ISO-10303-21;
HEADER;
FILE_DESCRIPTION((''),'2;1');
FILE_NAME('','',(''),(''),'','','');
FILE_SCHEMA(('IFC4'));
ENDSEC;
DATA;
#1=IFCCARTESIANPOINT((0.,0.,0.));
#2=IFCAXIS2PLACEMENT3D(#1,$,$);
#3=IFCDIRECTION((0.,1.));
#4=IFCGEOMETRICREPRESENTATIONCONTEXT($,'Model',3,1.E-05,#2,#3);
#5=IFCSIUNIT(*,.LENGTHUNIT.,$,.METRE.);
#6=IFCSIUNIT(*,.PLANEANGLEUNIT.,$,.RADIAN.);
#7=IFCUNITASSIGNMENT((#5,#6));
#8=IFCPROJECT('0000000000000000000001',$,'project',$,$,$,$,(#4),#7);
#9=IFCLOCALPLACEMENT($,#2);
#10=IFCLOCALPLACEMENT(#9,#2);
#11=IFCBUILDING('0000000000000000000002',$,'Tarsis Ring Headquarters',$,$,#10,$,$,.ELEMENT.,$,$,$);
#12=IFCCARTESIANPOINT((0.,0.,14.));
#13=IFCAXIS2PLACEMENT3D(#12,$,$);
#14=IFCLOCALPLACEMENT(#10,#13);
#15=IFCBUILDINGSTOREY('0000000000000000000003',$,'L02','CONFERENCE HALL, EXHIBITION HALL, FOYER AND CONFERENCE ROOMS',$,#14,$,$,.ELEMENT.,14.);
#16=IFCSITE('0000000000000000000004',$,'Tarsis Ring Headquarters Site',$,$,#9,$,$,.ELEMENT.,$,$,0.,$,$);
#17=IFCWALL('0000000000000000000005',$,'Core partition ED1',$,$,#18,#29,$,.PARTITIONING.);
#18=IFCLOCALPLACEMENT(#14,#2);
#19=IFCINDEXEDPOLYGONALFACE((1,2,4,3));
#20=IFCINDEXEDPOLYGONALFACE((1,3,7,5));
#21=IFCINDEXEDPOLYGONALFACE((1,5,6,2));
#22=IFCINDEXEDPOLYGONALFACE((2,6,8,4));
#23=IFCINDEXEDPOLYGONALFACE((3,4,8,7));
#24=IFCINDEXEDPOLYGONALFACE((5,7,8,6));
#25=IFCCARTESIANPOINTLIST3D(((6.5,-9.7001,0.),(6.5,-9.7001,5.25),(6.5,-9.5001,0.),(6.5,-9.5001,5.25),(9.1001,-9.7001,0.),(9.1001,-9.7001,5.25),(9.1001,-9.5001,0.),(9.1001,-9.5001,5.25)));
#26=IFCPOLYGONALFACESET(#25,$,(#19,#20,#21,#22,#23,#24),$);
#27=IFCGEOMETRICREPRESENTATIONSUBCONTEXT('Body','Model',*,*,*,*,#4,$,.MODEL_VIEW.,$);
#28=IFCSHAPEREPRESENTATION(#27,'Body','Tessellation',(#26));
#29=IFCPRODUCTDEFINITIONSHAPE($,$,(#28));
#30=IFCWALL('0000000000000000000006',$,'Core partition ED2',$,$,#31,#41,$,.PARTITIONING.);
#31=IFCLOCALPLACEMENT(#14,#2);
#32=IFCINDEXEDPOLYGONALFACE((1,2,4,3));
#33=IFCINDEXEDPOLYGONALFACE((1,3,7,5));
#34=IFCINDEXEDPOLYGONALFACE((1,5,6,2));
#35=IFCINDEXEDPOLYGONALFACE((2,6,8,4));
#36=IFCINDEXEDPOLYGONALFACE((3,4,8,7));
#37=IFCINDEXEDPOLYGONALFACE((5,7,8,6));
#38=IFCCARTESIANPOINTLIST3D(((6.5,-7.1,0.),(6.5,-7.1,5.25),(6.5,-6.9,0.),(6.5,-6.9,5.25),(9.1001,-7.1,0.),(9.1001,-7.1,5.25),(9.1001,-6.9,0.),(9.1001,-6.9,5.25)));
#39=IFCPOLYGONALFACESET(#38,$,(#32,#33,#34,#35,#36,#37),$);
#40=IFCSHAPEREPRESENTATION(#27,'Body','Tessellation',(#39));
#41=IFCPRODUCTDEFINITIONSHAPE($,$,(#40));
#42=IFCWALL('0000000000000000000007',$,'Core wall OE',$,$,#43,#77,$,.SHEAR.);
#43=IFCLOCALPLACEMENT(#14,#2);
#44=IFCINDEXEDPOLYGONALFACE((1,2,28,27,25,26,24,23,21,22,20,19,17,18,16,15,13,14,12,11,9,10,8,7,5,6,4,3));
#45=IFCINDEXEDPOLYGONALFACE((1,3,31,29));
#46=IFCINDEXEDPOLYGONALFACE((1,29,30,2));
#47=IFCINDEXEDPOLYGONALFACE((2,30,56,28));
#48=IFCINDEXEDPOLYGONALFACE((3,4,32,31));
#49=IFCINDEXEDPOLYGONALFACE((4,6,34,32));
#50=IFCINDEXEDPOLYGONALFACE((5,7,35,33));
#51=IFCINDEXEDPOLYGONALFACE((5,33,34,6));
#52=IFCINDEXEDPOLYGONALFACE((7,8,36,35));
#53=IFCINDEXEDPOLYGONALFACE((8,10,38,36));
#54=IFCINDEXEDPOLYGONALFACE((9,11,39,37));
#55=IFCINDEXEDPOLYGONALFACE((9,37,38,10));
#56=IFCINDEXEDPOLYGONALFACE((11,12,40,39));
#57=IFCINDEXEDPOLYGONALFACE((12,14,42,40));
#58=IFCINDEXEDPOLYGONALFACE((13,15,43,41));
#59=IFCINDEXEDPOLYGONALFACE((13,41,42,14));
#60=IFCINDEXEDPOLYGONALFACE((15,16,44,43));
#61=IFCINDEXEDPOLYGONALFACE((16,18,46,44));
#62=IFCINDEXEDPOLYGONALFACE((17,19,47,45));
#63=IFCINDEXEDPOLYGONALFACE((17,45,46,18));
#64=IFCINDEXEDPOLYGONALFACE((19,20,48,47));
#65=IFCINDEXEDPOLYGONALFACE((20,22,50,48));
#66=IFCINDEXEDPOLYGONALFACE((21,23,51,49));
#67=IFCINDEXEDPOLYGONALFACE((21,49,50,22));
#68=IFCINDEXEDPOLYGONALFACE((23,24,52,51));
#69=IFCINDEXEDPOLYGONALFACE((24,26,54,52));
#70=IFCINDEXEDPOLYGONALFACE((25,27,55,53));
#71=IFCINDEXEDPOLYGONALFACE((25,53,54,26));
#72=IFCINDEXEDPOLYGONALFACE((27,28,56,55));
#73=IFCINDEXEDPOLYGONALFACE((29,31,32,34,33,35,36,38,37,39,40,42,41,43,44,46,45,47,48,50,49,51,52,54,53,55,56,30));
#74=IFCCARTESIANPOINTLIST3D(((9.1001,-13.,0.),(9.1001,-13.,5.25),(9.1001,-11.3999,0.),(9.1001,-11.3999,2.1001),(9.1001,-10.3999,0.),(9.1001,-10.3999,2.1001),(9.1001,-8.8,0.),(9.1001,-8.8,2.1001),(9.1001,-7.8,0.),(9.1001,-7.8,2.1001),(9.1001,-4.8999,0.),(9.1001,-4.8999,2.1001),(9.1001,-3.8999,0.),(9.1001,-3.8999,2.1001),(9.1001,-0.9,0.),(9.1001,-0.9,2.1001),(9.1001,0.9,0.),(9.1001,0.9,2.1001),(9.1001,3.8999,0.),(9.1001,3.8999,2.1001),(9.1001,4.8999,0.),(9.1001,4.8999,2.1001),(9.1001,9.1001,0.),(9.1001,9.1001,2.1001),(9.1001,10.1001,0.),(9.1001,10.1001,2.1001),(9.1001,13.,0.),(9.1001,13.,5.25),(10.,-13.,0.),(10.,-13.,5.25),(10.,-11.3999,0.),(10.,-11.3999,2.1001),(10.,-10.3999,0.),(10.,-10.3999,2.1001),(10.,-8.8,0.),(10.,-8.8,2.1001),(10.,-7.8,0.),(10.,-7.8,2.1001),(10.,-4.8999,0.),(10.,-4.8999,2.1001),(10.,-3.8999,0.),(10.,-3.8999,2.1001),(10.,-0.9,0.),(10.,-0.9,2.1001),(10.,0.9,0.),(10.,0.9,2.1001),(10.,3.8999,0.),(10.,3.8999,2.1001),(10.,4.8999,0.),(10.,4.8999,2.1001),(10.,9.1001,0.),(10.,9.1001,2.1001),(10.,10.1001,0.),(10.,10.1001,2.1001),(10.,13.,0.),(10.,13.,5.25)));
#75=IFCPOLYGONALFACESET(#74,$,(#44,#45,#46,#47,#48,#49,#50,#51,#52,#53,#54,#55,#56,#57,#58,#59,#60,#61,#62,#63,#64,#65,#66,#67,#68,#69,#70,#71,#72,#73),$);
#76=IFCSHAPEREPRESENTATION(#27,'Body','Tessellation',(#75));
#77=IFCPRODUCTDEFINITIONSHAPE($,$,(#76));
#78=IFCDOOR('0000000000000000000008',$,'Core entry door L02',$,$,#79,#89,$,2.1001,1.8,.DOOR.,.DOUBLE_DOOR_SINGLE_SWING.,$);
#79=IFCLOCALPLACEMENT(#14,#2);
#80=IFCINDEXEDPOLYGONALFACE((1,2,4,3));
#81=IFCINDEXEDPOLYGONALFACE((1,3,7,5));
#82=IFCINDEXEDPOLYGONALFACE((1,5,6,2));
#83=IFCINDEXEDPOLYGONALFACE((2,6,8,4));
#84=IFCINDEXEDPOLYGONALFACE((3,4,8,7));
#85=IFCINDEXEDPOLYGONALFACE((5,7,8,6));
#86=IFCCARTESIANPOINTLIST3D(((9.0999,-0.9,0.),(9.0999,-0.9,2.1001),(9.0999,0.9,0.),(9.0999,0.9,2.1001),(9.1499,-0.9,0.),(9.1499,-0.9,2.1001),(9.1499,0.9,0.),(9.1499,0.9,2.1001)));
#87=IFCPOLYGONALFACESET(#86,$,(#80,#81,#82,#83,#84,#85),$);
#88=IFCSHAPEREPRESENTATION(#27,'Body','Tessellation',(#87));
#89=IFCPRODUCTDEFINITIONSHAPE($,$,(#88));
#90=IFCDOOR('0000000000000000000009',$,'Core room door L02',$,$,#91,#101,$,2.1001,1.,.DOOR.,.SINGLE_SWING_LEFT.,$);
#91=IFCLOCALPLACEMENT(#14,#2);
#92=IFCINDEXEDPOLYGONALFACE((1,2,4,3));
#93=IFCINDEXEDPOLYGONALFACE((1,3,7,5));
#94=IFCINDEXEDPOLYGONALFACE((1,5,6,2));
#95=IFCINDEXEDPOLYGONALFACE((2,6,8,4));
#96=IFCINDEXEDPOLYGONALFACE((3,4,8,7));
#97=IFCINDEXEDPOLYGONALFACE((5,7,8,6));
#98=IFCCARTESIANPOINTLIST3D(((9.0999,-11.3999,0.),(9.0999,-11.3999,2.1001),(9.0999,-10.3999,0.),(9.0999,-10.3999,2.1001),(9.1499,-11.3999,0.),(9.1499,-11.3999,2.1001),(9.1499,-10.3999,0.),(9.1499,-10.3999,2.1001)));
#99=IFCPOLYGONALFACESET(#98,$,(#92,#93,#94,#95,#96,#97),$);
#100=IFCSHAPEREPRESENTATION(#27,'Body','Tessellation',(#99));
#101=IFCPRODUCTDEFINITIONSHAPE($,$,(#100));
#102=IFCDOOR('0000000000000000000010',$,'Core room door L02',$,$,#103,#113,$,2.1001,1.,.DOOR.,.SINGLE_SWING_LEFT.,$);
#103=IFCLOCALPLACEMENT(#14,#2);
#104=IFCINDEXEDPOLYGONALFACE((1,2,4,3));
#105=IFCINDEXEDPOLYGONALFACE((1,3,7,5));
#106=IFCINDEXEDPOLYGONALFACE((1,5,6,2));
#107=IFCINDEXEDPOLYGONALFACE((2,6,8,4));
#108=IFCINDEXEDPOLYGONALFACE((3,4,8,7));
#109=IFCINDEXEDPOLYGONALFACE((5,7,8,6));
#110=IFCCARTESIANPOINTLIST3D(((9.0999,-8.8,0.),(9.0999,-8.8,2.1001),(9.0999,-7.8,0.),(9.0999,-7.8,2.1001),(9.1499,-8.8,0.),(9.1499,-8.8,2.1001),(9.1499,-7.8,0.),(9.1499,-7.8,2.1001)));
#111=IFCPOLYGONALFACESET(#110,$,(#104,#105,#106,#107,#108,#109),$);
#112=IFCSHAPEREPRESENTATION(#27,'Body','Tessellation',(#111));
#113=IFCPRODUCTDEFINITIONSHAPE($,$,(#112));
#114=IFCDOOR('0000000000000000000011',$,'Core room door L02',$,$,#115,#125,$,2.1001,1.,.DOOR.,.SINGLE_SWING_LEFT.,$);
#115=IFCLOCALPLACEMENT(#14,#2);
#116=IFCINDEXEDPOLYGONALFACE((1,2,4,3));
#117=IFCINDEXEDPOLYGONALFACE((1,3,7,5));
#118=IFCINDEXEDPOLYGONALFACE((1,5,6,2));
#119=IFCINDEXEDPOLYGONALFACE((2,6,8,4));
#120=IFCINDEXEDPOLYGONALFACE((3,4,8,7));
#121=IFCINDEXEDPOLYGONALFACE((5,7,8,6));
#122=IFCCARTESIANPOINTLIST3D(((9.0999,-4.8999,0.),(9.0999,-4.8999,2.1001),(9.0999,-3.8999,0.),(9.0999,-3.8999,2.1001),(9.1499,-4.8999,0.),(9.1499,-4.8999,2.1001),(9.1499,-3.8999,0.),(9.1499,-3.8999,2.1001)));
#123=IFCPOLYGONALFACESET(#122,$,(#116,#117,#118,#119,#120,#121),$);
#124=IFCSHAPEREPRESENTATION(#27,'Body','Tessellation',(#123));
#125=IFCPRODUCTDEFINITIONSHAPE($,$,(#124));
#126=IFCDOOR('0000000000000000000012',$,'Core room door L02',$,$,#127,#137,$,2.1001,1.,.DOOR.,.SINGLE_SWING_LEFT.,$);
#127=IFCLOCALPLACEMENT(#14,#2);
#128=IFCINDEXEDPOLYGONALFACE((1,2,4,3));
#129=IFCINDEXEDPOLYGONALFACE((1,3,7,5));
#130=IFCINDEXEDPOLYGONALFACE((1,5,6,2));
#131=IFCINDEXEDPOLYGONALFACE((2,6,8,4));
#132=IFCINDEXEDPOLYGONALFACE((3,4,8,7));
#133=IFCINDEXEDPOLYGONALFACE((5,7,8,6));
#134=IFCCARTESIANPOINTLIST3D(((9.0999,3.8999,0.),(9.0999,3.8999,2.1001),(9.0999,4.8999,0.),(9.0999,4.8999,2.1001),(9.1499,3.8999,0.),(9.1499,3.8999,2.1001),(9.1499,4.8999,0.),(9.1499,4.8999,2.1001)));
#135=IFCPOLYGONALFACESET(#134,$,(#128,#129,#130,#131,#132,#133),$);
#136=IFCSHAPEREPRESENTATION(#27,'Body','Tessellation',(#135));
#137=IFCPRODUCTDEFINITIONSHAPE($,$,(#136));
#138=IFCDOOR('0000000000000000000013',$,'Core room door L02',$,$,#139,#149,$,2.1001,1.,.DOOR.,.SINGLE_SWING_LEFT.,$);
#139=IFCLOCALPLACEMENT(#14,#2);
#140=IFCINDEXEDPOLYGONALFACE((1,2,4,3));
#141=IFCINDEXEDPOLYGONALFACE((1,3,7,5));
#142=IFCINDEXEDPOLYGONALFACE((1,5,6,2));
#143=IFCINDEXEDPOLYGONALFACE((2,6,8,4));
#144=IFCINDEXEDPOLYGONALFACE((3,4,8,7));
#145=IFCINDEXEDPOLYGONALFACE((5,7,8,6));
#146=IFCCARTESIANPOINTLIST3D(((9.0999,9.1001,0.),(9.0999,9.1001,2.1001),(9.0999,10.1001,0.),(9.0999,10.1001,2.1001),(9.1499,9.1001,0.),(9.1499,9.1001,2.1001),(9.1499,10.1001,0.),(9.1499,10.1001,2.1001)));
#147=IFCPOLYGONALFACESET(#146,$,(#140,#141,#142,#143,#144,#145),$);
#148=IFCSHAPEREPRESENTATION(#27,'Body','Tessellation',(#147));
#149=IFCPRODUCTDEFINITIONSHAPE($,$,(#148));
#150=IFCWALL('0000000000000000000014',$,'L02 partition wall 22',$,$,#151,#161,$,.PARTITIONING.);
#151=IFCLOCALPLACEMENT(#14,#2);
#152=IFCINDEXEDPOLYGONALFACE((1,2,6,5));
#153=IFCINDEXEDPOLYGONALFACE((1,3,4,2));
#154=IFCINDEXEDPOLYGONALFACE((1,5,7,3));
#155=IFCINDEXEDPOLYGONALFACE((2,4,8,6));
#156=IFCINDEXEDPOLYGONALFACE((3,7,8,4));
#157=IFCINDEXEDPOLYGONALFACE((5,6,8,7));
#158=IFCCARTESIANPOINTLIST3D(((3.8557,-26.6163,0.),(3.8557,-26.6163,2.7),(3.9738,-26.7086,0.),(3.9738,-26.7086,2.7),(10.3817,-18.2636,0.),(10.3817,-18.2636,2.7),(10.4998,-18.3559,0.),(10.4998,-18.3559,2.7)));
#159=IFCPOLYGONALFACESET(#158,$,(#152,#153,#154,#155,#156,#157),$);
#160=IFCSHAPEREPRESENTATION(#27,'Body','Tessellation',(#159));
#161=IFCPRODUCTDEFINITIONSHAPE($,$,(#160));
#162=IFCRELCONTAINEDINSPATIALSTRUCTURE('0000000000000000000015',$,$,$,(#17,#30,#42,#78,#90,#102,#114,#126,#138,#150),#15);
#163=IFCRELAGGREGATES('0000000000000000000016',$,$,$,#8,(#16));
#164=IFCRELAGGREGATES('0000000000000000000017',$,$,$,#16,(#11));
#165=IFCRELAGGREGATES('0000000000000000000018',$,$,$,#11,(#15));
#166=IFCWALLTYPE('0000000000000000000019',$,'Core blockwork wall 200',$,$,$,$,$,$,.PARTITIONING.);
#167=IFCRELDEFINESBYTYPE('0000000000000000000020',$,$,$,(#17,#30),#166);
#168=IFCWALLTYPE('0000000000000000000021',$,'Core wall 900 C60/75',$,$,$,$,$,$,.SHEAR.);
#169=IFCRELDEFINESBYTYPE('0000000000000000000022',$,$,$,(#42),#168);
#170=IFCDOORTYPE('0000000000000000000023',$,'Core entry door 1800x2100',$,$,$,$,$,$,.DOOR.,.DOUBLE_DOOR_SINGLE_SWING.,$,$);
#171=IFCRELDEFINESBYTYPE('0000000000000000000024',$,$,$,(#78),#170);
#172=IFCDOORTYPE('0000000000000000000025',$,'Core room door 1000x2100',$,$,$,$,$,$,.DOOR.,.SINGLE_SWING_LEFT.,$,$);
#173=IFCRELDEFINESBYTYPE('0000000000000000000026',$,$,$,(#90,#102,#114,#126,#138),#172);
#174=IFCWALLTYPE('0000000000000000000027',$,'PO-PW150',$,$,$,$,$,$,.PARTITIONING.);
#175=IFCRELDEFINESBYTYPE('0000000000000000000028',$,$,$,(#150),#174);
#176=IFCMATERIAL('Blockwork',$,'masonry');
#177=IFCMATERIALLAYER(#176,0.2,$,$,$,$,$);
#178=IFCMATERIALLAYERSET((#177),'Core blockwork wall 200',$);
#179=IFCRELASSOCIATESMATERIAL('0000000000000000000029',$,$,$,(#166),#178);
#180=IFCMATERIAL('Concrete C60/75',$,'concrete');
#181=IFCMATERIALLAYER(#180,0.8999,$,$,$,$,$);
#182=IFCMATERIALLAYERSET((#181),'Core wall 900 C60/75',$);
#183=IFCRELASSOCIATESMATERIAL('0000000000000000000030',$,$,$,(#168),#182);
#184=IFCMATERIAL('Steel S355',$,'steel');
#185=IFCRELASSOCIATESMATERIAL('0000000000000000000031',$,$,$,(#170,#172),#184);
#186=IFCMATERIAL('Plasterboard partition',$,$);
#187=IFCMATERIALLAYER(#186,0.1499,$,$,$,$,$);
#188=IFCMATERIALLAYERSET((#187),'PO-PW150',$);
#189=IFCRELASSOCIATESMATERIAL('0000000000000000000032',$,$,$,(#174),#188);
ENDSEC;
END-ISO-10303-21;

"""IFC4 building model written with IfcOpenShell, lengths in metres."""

from ifc_helpers import new_model, si_unit, direction, frame, frame_2d, origin, place, context, subcontext, project, spatial, rectangle, extrude, material, layer, layer_set, type_object, element, fill, save


model = new_model("IFC4")

# Units and contexts
model_context = context("Model", 3, precision=1e-05, world=origin(), true_north=direction((0.0, 1.0)))
body_context = subcontext(model_context, "Body", "Model", "MODEL_VIEW")
ifc_project = project(units=[si_unit("LENGTHUNIT", "METRE"), si_unit("PLANEANGLEUNIT", "RADIAN")], contexts=[model_context])

# Site, building, storey
site_placement = place(None, origin())
site = spatial("IfcSite", under=ifc_project, at=site_placement, Name="Tarsis Ring Headquarters Site", CompositionType="ELEMENT", RefElevation=0.0)
building_placement = place(site_placement, origin())
building = spatial("IfcBuilding", under=site, at=building_placement, Name="Tarsis Ring Headquarters", CompositionType="ELEMENT")
storey_placement = place(building_placement, frame((0.0, 0.0, 14.0)))
storey = spatial("IfcBuildingStorey", under=building, at=storey_placement, Name="L02", Description="CONFERENCE HALL, EXHIBITION HALL, FOYER AND CONFERENCE ROOMS", CompositionType="ELEMENT", Elevation=14.0)

# Shared definitions
ifc_material_1 = material(Name="Concrete C60/75", Category="concrete")

# Walls
ifc_material_2 = material(Name="Blockwork", Category="masonry")
ifc_layer_1 = layer(ifc_material_2, 0.2)
ifc_layer_set_1 = layer_set([ifc_layer_1], Name="Core blockwork wall 200")
wall_type_1 = type_object("IfcWallType", Name="Core blockwork wall 200", PredefinedType="PARTITIONING", material=ifc_layer_set_1)
for number, where, z_axis, x_axis, name in (
    (1, (6.5, -9.6001, 0.0), (0.0, 0.0, 1.0), (1.0, 0.0, 0.0), "Core partition ED1"),
    (2, (6.5, -7.0, 0.0), (0.0, 0.0, 1.0), (1.0, 0.0, 0.0), "Core partition ED2"),
):
    element("IfcWall", number, at=place(storey_placement, frame(where, z_axis=z_axis, x_axis=x_axis)), inside=storey, type_object=wall_type_1, Name=name, PredefinedType="PARTITIONING", context=body_context, shape_type="SweptSolid", body=[
        extrude(rectangle(XDim=2.6001, YDim=0.2, at=frame_2d((1.3, 0.0))), origin(), (0.0, 0.0, 1.0), 5.25),
    ])

# Wall, openings, doors
ifc_layer_2 = layer(ifc_material_1, 0.8999)
ifc_layer_set_2 = layer_set([ifc_layer_2], Name="Core wall 900 C60/75")
wall_type_2 = type_object("IfcWallType", Name="Core wall 900 C60/75", PredefinedType="SHEAR", material=ifc_layer_set_2)
wall_1_placement = place(storey_placement, frame((9.55, -13.0, 0.0), z_axis=(0.0, 0.0, 1.0), x_axis=(0.0, 1.0, 0.0)))
wall_1 = element("IfcWall", 3, at=wall_1_placement, inside=storey, type_object=wall_type_2, Name="Core wall OE", PredefinedType="SHEAR", context=body_context, shape_type="SweptSolid", body=[
    extrude(rectangle(XDim=26.0, YDim=0.8999, at=frame_2d((13.0, 0.0))), origin(), (0.0, 0.0, 1.0), 5.25),
])
opening_1_placement = place(wall_1_placement, frame((1.6001, 0.0, 0.0)))
opening_1 = element("IfcOpeningElement", 4, at=opening_1_placement, cuts=wall_1, PredefinedType="OPENING", context=body_context, shape_type="SweptSolid", body=[
    extrude(rectangle(XDim=1.0, YDim=2.1001, at=frame_2d((0.5, 1.05))), frame((0.0, 0.46, 0.0), z_axis=(0.0, -1.0, 0.0), x_axis=(1.0, 0.0, 0.0)), (0.0, 0.0, 1.0), 0.9199),
])
opening_2_placement = place(wall_1_placement, frame((4.2, 0.0, 0.0)))
opening_2 = element("IfcOpeningElement", 5, at=opening_2_placement, cuts=wall_1, PredefinedType="OPENING", context=body_context, shape_type="SweptSolid", body=[
    extrude(rectangle(XDim=1.0, YDim=2.1001, at=frame_2d((0.5, 1.05))), frame((0.0, 0.46, 0.0), z_axis=(0.0, -1.0, 0.0), x_axis=(1.0, 0.0, 0.0)), (0.0, 0.0, 1.0), 0.9199),
])
opening_3_placement = place(wall_1_placement, frame((8.1001, 0.0, 0.0)))
opening_3 = element("IfcOpeningElement", 6, at=opening_3_placement, cuts=wall_1, PredefinedType="OPENING", context=body_context, shape_type="SweptSolid", body=[
    extrude(rectangle(XDim=1.0, YDim=2.1001, at=frame_2d((0.5, 1.05))), frame((0.0, 0.46, 0.0), z_axis=(0.0, -1.0, 0.0), x_axis=(1.0, 0.0, 0.0)), (0.0, 0.0, 1.0), 0.9199),
])
opening_4_placement = place(wall_1_placement, frame((12.1001, 0.0, 0.0)))
opening_4 = element("IfcOpeningElement", 7, at=opening_4_placement, cuts=wall_1, PredefinedType="OPENING", context=body_context, shape_type="SweptSolid", body=[
    extrude(rectangle(XDim=1.8, YDim=2.1001, at=frame_2d((0.8999, 1.05))), frame((0.0, 0.46, 0.0), z_axis=(0.0, -1.0, 0.0), x_axis=(1.0, 0.0, 0.0)), (0.0, 0.0, 1.0), 0.9199),
])
opening_5_placement = place(wall_1_placement, frame((16.8999, 0.0, 0.0)))
opening_5 = element("IfcOpeningElement", 8, at=opening_5_placement, cuts=wall_1, PredefinedType="OPENING", context=body_context, shape_type="SweptSolid", body=[
    extrude(rectangle(XDim=1.0, YDim=2.1001, at=frame_2d((0.5, 1.05))), frame((0.0, 0.46, 0.0), z_axis=(0.0, -1.0, 0.0), x_axis=(1.0, 0.0, 0.0)), (0.0, 0.0, 1.0), 0.9199),
])
opening_6_placement = place(wall_1_placement, frame((22.1001, 0.0, 0.0)))
opening_6 = element("IfcOpeningElement", 9, at=opening_6_placement, cuts=wall_1, PredefinedType="OPENING", context=body_context, shape_type="SweptSolid", body=[
    extrude(rectangle(XDim=1.0, YDim=2.1001, at=frame_2d((0.5, 1.05))), frame((0.0, 0.46, 0.0), z_axis=(0.0, -1.0, 0.0), x_axis=(1.0, 0.0, 0.0)), (0.0, 0.0, 1.0), 0.9199),
])
ifc_material_3 = material(Name="Steel S355", Category="steel")
door_type_1 = type_object("IfcDoorType", Name="Core entry door 1800x2100", OperationType="DOUBLE_DOOR_SINGLE_SWING", PredefinedType="DOOR", material=ifc_material_3)
door_1_placement = place(opening_4_placement, origin())
door_1 = element("IfcDoor", 10, at=door_1_placement, inside=storey, type_object=door_type_1, Name="Core entry door L02", OperationType="DOUBLE_DOOR_SINGLE_SWING", OverallHeight=2.1001, OverallWidth=1.8, PredefinedType="DOOR", context=body_context, shape_type="SweptSolid", body=[
    extrude(rectangle(XDim=1.8, YDim=2.1001, at=frame_2d((0.8999, 1.05))), frame((0.0, 0.4502, 0.0), z_axis=(0.0, -1.0, 0.0), x_axis=(1.0, 0.0, 0.0)), (0.0, 0.0, 1.0), 0.05),
])
fill(opening_4, door_1)
door_type_2 = type_object("IfcDoorType", Name="Core room door 1000x2100", OperationType="SINGLE_SWING_LEFT", PredefinedType="DOOR", material=ifc_material_3)
door_2_placement = place(opening_1_placement, origin())
door_2 = element("IfcDoor", 11, at=door_2_placement, inside=storey, type_object=door_type_2, Name="Core room door L02", OperationType="SINGLE_SWING_LEFT", OverallHeight=2.1001, OverallWidth=1.0, PredefinedType="DOOR", context=body_context, shape_type="SweptSolid", body=[
    extrude(rectangle(XDim=1.0, YDim=2.1001, at=frame_2d((0.5, 1.05))), frame((0.0, 0.4502, 0.0), z_axis=(0.0, -1.0, 0.0), x_axis=(1.0, 0.0, 0.0)), (0.0, 0.0, 1.0), 0.05),
])
fill(opening_1, door_2)
door_3_placement = place(opening_2_placement, origin())
door_3 = element("IfcDoor", 12, at=door_3_placement, inside=storey, type_object=door_type_2, Name="Core room door L02", OperationType="SINGLE_SWING_LEFT", OverallHeight=2.1001, OverallWidth=1.0, PredefinedType="DOOR", context=body_context, shape_type="SweptSolid", body=[
    extrude(rectangle(XDim=1.0, YDim=2.1001, at=frame_2d((0.5, 1.05))), frame((0.0, 0.4502, 0.0), z_axis=(0.0, -1.0, 0.0), x_axis=(1.0, 0.0, 0.0)), (0.0, 0.0, 1.0), 0.05),
])
fill(opening_2, door_3)
door_4_placement = place(opening_3_placement, origin())
door_4 = element("IfcDoor", 13, at=door_4_placement, inside=storey, type_object=door_type_2, Name="Core room door L02", OperationType="SINGLE_SWING_LEFT", OverallHeight=2.1001, OverallWidth=1.0, PredefinedType="DOOR", context=body_context, shape_type="SweptSolid", body=[
    extrude(rectangle(XDim=1.0, YDim=2.1001, at=frame_2d((0.5, 1.05))), frame((0.0, 0.4502, 0.0), z_axis=(0.0, -1.0, 0.0), x_axis=(1.0, 0.0, 0.0)), (0.0, 0.0, 1.0), 0.05),
])
fill(opening_3, door_4)
door_5_placement = place(opening_5_placement, origin())
door_5 = element("IfcDoor", 14, at=door_5_placement, inside=storey, type_object=door_type_2, Name="Core room door L02", OperationType="SINGLE_SWING_LEFT", OverallHeight=2.1001, OverallWidth=1.0, PredefinedType="DOOR", context=body_context, shape_type="SweptSolid", body=[
    extrude(rectangle(XDim=1.0, YDim=2.1001, at=frame_2d((0.5, 1.05))), frame((0.0, 0.4502, 0.0), z_axis=(0.0, -1.0, 0.0), x_axis=(1.0, 0.0, 0.0)), (0.0, 0.0, 1.0), 0.05),
])
fill(opening_5, door_5)
door_6_placement = place(opening_6_placement, origin())
door_6 = element("IfcDoor", 15, at=door_6_placement, inside=storey, type_object=door_type_2, Name="Core room door L02", OperationType="SINGLE_SWING_LEFT", OverallHeight=2.1001, OverallWidth=1.0, PredefinedType="DOOR", context=body_context, shape_type="SweptSolid", body=[
    extrude(rectangle(XDim=1.0, YDim=2.1001, at=frame_2d((0.5, 1.05))), frame((0.0, 0.4502, 0.0), z_axis=(0.0, -1.0, 0.0), x_axis=(1.0, 0.0, 0.0)), (0.0, 0.0, 1.0), 0.05),
])
fill(opening_6, door_6)

# Wall
ifc_material_4 = material(Name="Plasterboard partition")
ifc_layer_3 = layer(ifc_material_4, 0.1499)
ifc_layer_set_3 = layer_set([ifc_layer_3], Name="PO-PW150")
wall_type_3 = type_object("IfcWallType", Name="PO-PW150", PredefinedType="PARTITIONING", material=ifc_layer_set_3)
wall_2_placement = place(storey_placement, frame((3.9148, -26.6624, 0.0), z_axis=(0.0, 0.0, 1.0), x_axis=(0.615674, 0.788001, 0.0)))
element("IfcWall", 16, at=wall_2_placement, inside=storey, type_object=wall_type_3, Name="L02 partition wall 22", PredefinedType="PARTITIONING", context=body_context, shape_type="SweptSolid", body=[
    extrude(rectangle(XDim=10.5999, YDim=0.1499, at=frame_2d((5.2998, 0.0))), origin(), (0.0, 0.0, 1.0), 2.7),
])

save(model, "model.ifc")
